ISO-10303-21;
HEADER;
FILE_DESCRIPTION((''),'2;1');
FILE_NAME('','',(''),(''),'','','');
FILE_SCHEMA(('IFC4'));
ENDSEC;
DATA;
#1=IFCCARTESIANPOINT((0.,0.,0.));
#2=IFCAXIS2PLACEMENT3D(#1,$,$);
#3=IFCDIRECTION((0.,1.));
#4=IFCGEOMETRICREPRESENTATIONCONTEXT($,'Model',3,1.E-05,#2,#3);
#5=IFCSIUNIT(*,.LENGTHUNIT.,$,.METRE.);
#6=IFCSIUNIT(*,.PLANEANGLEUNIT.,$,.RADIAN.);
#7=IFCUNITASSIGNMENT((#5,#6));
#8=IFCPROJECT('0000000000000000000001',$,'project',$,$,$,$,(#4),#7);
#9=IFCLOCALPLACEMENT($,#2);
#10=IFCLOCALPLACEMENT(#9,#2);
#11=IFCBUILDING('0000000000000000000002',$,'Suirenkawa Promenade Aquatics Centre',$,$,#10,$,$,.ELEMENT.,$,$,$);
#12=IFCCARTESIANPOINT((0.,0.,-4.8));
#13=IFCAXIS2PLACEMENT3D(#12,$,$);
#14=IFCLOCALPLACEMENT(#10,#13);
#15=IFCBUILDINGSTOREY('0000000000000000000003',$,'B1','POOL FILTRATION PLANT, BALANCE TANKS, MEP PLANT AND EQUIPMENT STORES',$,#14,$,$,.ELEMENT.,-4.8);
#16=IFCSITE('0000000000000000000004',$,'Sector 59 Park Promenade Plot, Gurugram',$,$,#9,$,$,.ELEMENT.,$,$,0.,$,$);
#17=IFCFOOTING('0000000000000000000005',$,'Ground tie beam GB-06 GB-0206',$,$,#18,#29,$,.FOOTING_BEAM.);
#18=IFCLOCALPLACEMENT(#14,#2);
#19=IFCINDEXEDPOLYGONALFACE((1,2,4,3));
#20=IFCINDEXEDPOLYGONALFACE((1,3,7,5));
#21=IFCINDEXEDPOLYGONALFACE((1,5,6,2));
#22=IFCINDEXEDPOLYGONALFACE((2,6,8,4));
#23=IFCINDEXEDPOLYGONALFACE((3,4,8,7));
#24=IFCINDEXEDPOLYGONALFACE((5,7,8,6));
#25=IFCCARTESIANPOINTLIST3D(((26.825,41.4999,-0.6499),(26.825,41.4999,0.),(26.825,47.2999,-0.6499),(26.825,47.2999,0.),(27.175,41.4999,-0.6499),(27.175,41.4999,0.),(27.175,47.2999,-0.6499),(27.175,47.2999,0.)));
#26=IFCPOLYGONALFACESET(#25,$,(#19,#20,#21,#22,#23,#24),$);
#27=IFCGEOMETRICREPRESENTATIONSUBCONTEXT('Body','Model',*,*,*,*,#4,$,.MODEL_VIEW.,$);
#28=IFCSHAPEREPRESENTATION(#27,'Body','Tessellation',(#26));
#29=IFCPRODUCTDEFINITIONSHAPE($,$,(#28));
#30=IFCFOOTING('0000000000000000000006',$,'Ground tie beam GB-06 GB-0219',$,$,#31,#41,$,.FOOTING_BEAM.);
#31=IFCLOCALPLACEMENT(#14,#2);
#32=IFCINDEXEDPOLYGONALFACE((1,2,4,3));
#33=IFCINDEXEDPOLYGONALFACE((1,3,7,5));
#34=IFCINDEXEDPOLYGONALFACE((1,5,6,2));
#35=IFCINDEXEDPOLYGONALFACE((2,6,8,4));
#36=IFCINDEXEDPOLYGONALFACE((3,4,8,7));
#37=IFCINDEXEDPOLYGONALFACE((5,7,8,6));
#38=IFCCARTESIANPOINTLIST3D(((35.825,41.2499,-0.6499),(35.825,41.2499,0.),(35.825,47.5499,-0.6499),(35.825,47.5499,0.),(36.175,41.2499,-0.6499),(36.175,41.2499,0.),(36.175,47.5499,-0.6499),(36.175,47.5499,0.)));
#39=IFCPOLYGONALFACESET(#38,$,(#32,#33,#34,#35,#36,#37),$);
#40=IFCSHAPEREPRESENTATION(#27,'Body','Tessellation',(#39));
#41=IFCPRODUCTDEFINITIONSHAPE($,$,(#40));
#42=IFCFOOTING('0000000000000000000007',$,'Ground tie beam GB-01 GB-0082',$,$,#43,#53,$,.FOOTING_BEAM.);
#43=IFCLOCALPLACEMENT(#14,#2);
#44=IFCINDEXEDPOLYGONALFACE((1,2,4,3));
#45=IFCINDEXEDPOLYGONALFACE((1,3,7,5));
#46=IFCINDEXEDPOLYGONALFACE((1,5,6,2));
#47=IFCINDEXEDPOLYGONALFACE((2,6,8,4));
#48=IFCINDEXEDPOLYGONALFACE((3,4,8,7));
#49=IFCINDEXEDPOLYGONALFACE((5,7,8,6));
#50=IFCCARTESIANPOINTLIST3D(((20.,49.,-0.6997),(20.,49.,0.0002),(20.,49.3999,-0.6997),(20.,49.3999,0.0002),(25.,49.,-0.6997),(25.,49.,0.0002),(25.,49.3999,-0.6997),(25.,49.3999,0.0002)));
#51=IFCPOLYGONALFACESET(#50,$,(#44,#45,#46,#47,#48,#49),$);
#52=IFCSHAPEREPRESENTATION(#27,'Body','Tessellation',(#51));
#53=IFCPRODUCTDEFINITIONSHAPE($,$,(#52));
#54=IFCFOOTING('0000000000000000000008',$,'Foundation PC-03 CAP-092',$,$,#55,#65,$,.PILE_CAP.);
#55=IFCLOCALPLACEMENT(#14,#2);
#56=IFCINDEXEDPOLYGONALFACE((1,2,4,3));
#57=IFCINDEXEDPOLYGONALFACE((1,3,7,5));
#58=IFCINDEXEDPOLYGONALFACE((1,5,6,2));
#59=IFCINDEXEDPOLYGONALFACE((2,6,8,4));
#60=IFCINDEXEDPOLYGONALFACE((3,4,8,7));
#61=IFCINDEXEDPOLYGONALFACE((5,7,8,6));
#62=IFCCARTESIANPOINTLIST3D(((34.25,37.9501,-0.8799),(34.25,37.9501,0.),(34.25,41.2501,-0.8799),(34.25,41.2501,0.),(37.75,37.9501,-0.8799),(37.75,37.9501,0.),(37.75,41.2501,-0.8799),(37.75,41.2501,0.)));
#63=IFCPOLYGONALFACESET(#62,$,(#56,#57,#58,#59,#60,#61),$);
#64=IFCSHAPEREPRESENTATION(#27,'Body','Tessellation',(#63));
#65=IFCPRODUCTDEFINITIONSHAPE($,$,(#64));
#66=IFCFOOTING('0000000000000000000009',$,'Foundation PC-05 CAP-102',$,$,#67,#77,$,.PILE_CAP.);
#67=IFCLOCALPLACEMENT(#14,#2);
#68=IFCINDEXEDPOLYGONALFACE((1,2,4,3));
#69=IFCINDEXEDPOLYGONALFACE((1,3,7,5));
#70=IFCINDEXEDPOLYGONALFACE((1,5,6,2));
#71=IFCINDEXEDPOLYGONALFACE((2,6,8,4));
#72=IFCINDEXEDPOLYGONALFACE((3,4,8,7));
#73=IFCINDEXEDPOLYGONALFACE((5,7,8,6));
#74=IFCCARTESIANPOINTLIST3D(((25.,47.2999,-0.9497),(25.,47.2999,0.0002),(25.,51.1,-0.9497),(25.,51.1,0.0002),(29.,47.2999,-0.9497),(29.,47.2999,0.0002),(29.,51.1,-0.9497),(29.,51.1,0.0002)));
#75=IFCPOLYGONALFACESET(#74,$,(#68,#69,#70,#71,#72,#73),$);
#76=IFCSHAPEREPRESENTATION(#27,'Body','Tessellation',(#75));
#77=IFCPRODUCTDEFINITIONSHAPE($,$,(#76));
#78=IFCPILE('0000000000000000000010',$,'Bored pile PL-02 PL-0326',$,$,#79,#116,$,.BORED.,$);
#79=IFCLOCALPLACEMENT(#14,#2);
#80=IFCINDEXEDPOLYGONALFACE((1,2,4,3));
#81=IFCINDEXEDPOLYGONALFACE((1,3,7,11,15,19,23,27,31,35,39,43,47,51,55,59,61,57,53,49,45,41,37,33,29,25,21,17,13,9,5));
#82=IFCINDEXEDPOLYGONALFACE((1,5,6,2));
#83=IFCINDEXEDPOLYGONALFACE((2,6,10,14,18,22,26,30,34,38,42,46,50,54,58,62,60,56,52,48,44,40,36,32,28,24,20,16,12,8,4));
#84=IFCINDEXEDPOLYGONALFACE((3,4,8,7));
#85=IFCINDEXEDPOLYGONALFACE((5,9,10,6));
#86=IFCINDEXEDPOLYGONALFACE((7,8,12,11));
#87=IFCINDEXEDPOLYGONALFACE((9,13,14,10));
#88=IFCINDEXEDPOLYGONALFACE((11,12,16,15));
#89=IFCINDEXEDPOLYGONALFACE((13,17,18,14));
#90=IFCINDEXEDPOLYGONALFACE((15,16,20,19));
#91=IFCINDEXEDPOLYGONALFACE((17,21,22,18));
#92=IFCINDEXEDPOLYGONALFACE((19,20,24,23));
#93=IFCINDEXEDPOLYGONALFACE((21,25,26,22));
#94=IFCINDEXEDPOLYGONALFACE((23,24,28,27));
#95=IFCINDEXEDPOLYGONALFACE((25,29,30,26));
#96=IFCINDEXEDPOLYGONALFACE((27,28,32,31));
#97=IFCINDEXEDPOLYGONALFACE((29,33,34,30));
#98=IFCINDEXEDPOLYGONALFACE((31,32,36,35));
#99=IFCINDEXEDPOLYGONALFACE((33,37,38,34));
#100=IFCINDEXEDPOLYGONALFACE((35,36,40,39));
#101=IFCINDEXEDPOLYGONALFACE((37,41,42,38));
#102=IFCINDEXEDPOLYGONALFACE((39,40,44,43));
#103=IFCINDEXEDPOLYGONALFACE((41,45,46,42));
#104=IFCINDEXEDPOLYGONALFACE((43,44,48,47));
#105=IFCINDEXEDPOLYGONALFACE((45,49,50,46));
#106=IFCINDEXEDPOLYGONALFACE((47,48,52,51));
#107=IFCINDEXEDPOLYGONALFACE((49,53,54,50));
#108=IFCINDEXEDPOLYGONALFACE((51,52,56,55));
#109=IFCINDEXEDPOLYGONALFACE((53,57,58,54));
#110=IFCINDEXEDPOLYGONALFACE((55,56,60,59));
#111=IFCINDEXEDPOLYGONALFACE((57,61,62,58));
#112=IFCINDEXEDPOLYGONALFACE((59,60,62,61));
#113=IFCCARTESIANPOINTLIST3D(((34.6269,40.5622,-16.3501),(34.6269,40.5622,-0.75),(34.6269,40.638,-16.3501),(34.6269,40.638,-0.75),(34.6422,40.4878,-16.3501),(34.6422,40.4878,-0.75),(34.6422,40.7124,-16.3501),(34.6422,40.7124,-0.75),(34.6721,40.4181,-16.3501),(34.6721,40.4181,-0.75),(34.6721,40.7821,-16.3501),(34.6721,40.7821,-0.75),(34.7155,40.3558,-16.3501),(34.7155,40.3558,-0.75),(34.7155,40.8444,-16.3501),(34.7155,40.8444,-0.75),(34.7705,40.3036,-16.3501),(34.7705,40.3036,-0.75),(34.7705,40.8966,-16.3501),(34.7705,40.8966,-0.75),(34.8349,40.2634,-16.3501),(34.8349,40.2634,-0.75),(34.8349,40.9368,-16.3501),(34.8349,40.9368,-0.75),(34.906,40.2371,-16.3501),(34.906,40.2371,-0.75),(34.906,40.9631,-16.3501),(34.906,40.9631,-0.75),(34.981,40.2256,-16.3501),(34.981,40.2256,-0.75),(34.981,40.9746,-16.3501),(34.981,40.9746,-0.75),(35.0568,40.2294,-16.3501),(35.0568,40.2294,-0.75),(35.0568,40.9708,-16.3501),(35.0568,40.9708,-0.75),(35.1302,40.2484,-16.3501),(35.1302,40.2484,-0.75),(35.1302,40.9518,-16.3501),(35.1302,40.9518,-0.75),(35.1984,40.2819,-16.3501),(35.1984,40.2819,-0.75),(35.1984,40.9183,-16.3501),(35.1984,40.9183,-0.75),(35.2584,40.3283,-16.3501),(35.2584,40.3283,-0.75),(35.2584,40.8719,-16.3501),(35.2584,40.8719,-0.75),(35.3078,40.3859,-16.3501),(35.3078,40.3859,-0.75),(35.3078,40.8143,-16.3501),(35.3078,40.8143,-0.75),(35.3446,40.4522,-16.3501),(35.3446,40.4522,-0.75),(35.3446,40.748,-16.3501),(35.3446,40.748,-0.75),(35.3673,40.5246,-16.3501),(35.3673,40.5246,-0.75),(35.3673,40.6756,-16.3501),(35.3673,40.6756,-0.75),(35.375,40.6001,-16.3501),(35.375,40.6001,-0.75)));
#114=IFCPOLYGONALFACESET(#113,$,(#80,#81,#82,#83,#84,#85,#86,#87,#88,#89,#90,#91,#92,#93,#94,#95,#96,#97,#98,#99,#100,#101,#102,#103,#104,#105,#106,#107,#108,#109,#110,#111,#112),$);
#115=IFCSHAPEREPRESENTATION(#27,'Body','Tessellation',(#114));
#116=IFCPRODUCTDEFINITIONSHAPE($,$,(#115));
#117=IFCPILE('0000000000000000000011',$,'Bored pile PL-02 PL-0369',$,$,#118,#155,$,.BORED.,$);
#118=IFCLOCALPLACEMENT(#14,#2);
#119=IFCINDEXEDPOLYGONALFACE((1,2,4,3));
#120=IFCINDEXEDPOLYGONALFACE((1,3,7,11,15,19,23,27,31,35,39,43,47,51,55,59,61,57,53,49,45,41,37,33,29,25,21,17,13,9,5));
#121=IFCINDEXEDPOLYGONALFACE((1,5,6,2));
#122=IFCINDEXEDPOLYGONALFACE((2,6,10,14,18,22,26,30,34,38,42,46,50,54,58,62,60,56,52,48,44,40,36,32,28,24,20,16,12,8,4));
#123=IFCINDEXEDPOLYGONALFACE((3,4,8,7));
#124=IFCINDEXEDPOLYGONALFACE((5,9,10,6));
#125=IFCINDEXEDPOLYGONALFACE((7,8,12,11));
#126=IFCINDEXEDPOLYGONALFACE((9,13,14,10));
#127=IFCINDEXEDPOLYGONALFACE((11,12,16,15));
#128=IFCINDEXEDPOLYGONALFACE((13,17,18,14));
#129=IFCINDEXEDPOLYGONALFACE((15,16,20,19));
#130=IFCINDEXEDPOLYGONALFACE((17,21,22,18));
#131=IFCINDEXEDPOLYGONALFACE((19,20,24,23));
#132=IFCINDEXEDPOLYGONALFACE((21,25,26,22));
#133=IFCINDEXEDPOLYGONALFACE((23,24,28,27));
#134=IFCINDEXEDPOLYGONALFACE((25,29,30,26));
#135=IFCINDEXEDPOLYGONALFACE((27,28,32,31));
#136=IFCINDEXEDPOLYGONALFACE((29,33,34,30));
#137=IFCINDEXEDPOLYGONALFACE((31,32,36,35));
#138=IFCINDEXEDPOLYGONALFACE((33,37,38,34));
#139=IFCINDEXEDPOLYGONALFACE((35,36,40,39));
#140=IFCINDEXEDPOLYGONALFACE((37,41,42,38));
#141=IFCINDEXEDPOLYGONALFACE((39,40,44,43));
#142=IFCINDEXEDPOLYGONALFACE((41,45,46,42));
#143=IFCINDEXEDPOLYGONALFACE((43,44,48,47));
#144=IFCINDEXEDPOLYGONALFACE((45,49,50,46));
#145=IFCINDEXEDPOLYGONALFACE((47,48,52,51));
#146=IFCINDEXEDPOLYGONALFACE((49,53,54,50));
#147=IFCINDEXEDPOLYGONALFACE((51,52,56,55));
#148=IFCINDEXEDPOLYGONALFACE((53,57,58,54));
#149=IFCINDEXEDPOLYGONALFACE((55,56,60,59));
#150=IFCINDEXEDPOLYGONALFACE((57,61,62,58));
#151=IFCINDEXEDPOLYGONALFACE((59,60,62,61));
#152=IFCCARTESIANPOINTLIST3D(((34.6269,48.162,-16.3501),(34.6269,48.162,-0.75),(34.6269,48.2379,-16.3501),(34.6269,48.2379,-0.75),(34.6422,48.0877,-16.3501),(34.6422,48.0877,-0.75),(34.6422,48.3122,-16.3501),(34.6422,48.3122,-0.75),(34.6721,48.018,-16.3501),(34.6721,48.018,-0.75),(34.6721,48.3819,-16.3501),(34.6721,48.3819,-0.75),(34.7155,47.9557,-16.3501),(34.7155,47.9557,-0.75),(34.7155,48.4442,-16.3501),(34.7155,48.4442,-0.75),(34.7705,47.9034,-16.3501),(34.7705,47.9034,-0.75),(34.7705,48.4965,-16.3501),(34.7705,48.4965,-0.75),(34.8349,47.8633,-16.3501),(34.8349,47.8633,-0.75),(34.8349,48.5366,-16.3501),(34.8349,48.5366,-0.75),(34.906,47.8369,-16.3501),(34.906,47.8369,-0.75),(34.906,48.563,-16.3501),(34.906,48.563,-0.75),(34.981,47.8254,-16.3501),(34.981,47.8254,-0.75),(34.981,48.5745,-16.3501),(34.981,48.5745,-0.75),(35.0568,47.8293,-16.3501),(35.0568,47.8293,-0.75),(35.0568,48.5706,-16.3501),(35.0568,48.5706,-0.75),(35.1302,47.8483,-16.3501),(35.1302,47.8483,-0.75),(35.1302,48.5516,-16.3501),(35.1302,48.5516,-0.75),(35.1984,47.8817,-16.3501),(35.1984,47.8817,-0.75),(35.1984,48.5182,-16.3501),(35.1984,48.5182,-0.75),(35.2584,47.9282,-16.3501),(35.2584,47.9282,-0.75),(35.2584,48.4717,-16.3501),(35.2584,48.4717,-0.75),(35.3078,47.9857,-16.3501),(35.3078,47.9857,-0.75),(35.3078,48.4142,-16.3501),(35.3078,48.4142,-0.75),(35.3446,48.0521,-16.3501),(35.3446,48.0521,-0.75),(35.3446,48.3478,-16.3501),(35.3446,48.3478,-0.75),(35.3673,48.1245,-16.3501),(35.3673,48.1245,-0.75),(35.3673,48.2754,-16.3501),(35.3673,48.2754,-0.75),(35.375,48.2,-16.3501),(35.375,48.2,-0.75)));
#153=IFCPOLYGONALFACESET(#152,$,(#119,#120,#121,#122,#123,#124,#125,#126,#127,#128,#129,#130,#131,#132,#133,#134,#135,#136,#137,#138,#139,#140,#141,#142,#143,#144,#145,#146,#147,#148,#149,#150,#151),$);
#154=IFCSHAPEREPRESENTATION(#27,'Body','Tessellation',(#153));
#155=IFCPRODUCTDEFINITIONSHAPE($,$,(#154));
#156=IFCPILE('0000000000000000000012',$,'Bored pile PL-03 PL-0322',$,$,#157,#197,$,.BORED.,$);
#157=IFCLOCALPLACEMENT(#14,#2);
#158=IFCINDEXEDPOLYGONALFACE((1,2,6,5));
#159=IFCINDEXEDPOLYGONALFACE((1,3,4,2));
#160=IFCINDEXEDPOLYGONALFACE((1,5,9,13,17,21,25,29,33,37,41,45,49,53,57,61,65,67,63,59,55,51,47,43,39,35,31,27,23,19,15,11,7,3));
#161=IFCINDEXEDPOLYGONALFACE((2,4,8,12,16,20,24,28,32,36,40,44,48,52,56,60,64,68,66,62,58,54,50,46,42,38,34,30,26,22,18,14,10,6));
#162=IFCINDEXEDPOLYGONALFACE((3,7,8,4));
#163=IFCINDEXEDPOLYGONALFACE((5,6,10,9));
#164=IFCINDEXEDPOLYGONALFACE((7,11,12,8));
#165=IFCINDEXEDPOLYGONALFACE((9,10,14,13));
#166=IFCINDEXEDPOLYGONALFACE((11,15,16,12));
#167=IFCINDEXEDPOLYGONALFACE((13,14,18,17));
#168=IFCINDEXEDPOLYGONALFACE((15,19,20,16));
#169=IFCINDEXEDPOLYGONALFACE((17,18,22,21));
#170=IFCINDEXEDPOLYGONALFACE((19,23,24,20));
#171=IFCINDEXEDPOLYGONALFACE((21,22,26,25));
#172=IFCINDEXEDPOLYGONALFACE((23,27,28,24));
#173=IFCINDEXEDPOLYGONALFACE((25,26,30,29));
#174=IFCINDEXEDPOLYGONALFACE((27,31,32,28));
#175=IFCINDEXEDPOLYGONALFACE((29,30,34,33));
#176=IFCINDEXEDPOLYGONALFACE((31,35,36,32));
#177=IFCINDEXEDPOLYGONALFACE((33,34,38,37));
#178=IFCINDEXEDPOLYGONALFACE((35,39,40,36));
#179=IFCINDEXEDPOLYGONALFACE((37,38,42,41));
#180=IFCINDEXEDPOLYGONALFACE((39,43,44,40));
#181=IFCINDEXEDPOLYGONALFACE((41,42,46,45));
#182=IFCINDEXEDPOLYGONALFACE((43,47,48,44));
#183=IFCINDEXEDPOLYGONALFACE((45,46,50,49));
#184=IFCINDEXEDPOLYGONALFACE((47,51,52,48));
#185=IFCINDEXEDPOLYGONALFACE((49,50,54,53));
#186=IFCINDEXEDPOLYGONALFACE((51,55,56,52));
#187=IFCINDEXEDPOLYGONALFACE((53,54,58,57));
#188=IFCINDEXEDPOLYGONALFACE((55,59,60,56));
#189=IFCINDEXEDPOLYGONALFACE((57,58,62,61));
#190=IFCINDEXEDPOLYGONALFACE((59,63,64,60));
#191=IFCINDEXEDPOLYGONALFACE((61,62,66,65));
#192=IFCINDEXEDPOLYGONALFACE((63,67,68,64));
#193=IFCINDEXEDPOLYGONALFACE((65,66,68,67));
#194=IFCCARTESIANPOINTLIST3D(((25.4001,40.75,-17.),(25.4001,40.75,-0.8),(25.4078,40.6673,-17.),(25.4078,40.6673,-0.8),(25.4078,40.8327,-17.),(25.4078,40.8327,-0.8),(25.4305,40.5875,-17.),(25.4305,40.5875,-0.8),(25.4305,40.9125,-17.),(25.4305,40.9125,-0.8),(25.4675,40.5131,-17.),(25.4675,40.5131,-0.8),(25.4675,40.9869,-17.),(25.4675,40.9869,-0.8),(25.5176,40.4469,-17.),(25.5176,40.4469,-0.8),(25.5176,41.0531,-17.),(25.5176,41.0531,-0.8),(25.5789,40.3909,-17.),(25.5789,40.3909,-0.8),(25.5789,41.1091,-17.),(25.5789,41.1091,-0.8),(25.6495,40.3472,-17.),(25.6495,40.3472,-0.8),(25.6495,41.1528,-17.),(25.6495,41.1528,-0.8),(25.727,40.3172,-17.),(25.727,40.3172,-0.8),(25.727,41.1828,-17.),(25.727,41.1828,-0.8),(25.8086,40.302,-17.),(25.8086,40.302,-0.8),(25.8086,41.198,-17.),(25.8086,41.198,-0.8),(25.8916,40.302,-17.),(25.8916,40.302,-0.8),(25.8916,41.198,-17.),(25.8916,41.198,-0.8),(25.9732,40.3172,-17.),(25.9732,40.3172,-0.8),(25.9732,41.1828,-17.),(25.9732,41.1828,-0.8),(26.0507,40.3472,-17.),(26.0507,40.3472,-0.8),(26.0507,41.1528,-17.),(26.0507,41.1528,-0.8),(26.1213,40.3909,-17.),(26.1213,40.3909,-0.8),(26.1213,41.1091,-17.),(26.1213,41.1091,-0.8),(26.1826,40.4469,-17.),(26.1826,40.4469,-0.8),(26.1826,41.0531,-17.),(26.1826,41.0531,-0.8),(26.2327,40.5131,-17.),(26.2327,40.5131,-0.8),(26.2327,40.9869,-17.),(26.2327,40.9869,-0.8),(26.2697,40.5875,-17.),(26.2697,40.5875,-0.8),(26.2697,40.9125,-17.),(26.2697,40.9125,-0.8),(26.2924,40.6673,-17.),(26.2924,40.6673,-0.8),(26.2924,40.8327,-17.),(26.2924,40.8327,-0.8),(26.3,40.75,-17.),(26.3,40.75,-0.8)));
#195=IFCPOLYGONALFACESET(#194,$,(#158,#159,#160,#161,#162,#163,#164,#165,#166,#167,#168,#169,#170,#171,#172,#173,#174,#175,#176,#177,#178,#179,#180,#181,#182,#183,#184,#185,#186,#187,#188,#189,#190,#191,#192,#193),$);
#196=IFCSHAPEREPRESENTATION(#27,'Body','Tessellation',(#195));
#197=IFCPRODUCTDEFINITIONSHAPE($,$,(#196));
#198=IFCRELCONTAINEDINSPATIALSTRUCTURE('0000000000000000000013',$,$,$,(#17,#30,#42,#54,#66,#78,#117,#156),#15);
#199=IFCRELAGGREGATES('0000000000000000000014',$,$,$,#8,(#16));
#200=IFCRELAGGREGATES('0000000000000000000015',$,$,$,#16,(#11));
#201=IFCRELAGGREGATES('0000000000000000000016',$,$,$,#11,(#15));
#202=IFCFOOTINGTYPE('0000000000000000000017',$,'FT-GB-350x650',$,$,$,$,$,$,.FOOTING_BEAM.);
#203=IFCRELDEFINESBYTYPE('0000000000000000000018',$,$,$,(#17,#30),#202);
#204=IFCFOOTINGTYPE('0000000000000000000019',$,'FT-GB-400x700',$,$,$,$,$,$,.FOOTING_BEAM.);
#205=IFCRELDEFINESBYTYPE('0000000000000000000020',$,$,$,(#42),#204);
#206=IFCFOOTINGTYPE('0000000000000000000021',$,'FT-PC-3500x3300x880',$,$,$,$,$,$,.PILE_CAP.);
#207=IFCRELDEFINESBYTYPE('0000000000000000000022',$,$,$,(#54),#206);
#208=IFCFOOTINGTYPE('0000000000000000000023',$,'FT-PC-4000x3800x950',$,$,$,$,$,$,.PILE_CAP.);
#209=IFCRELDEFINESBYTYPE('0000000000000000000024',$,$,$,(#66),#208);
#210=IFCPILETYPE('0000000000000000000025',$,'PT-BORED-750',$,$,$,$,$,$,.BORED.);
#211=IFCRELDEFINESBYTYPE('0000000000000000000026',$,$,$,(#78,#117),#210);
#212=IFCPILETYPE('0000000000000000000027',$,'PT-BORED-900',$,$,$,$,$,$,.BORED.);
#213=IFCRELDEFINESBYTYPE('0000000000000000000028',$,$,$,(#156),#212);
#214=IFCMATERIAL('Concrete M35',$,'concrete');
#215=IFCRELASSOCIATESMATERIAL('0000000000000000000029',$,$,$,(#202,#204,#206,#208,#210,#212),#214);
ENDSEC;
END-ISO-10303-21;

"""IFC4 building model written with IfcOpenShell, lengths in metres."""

from ifc_helpers import new_model, si_unit, direction, frame, origin, origin_2d, place, context, subcontext, project, spatial, rectangle, circle, extrude, material, material_profile, profile_set, type_object, element, save


model = new_model("IFC4")

# Units and contexts
model_context = context("Model", 3, precision=1e-05, world=origin(), true_north=direction((0.0, 1.0)))
body_context = subcontext(model_context, "Body", "Model", "MODEL_VIEW")
ifc_project = project(units=[si_unit("LENGTHUNIT", "METRE"), si_unit("PLANEANGLEUNIT", "RADIAN")], contexts=[model_context])

# Site, building, storey
site_placement = place(None, origin())
site = spatial("IfcSite", under=ifc_project, at=site_placement, Name="Sector 59 Park Promenade Plot, Gurugram", CompositionType="ELEMENT", RefElevation=0.0)
building_placement = place(site_placement, origin())
building = spatial("IfcBuilding", under=site, at=building_placement, Name="Suirenkawa Promenade Aquatics Centre", CompositionType="ELEMENT")
storey_placement = place(building_placement, frame((0.0, 0.0, -4.8)))
storey = spatial("IfcBuildingStorey", under=building, at=storey_placement, Name="B1", Description="POOL FILTRATION PLANT, BALANCE TANKS, MEP PLANT AND EQUIPMENT STORES", CompositionType="ELEMENT", Elevation=-4.8)

# Footings
ifc_material_1 = material(Name="Concrete M35", Category="concrete")
footing_type_1 = type_object("IfcFootingType", Name="FT-GB-350x650", PredefinedType="FOOTING_BEAM", material=ifc_material_1)
footing_1_placement = place(storey_placement, frame((27.0, 44.3999, -0.6499), z_axis=(0.0, 0.0, 1.0), x_axis=(0.0, 1.0, 0.0)))
element("IfcFooting", 1, at=footing_1_placement, inside=storey, type_object=footing_type_1, Name="Ground tie beam GB-06 GB-0206", PredefinedType="FOOTING_BEAM", context=body_context, shape_type="SweptSolid", body=[
    extrude(rectangle(XDim=5.8, YDim=0.3501, at=origin_2d()), origin(), (0.0, 0.0, 1.0), 0.6499),
])
footing_2_placement = place(storey_placement, frame((36.0, 44.3999, -0.6499), z_axis=(0.0, 0.0, 1.0), x_axis=(0.0, 1.0, 0.0)))
element("IfcFooting", 2, at=footing_2_placement, inside=storey, type_object=footing_type_1, Name="Ground tie beam GB-06 GB-0219", PredefinedType="FOOTING_BEAM", context=body_context, shape_type="SweptSolid", body=[
    extrude(rectangle(XDim=6.3, YDim=0.3501, at=origin_2d()), origin(), (0.0, 0.0, 1.0), 0.6499),
])
footing_type_2 = type_object("IfcFootingType", Name="FT-GB-400x700", PredefinedType="FOOTING_BEAM", material=ifc_material_1)
footing_3_placement = place(storey_placement, frame((22.5, 49.2, -0.6997), z_axis=(0.0, 0.0, 1.0), x_axis=(1.0, 0.0, 0.0)))
element("IfcFooting", 3, at=footing_3_placement, inside=storey, type_object=footing_type_2, Name="Ground tie beam GB-01 GB-0082", PredefinedType="FOOTING_BEAM", context=body_context, shape_type="SweptSolid", body=[
    extrude(rectangle(XDim=5.0, YDim=0.3999, at=origin_2d()), origin(), (0.0, 0.0, 1.0), 0.7),
])
footing_type_3 = type_object("IfcFootingType", Name="FT-PC-3500x3300x880", PredefinedType="PILE_CAP", material=ifc_material_1)
footing_4_placement = place(storey_placement, frame((36.0, 39.6001, -0.8799), z_axis=(0.0, 0.0, 1.0), x_axis=(1.0, 0.0, 0.0)))
element("IfcFooting", 4, at=footing_4_placement, inside=storey, type_object=footing_type_3, Name="Foundation PC-03 CAP-092", PredefinedType="PILE_CAP", context=body_context, shape_type="SweptSolid", body=[
    extrude(rectangle(XDim=3.5, YDim=3.3, at=origin_2d()), origin(), (0.0, 0.0, 1.0), 0.8799),
])
footing_type_4 = type_object("IfcFootingType", Name="FT-PC-4000x3800x950", PredefinedType="PILE_CAP", material=ifc_material_1)
footing_5_placement = place(storey_placement, frame((27.0, 49.2, -0.9497), z_axis=(0.0, 0.0, 1.0), x_axis=(1.0, 0.0, 0.0)))
element("IfcFooting", 5, at=footing_5_placement, inside=storey, type_object=footing_type_4, Name="Foundation PC-05 CAP-102", PredefinedType="PILE_CAP", context=body_context, shape_type="SweptSolid", body=[
    extrude(rectangle(XDim=4.0, YDim=3.8, at=origin_2d()), origin(), (0.0, 0.0, 1.0), 0.95),
])

# Piles
ifc_material_profile_1 = material_profile(ifc_material_1, circle(Radius=0.375, at=origin_2d()), Name="PILE D750", Category="concrete")
ifc_profile_set_1 = profile_set([ifc_material_profile_1], Name="Concrete M35")
pile_type_1 = type_object("IfcPileType", Name="PT-BORED-750", PredefinedType="BORED", material=ifc_profile_set_1)
for number, where, z_axis, x_axis, name in (
    (6, (35.0, 40.6001, -0.75), (0.0, 0.0, -1.0), (1.0, 0.0, 0.0), "Bored pile PL-02 PL-0326"),
    (7, (35.0, 48.2, -0.75), (0.0, 0.0, -1.0), (1.0, 0.0, 0.0), "Bored pile PL-02 PL-0369"),
):
    element("IfcPile", number, at=place(storey_placement, frame(where, z_axis=z_axis, x_axis=x_axis)), inside=storey, type_object=pile_type_1, Name=name, PredefinedType="BORED", context=body_context, shape_type="SweptSolid", body=[
        extrude(circle(Radius=0.375, at=origin_2d()), origin(), (0.0, 0.0, 1.0), 15.6001),
    ])
ifc_material_profile_2 = material_profile(ifc_material_1, circle(Radius=0.45, at=origin_2d()), Name="PILE D900", Category="concrete")
ifc_profile_set_2 = profile_set([ifc_material_profile_2], Name="Concrete M35")
pile_type_2 = type_object("IfcPileType", Name="PT-BORED-900", PredefinedType="BORED", material=ifc_profile_set_2)
for number, where, z_axis, x_axis, name in (
    (8, (25.8501, 40.75, -0.8), (0.0, 0.0, -1.0), (1.0, 0.0, 0.0), "Bored pile PL-03 PL-0322"),
):
    element("IfcPile", number, at=place(storey_placement, frame(where, z_axis=z_axis, x_axis=x_axis)), inside=storey, type_object=pile_type_2, Name=name, PredefinedType="BORED", context=body_context, shape_type="SweptSolid", body=[
        extrude(circle(Radius=0.45, at=origin_2d()), origin(), (0.0, 0.0, 1.0), 16.2),
    ])

save(model, "model.ifc")
